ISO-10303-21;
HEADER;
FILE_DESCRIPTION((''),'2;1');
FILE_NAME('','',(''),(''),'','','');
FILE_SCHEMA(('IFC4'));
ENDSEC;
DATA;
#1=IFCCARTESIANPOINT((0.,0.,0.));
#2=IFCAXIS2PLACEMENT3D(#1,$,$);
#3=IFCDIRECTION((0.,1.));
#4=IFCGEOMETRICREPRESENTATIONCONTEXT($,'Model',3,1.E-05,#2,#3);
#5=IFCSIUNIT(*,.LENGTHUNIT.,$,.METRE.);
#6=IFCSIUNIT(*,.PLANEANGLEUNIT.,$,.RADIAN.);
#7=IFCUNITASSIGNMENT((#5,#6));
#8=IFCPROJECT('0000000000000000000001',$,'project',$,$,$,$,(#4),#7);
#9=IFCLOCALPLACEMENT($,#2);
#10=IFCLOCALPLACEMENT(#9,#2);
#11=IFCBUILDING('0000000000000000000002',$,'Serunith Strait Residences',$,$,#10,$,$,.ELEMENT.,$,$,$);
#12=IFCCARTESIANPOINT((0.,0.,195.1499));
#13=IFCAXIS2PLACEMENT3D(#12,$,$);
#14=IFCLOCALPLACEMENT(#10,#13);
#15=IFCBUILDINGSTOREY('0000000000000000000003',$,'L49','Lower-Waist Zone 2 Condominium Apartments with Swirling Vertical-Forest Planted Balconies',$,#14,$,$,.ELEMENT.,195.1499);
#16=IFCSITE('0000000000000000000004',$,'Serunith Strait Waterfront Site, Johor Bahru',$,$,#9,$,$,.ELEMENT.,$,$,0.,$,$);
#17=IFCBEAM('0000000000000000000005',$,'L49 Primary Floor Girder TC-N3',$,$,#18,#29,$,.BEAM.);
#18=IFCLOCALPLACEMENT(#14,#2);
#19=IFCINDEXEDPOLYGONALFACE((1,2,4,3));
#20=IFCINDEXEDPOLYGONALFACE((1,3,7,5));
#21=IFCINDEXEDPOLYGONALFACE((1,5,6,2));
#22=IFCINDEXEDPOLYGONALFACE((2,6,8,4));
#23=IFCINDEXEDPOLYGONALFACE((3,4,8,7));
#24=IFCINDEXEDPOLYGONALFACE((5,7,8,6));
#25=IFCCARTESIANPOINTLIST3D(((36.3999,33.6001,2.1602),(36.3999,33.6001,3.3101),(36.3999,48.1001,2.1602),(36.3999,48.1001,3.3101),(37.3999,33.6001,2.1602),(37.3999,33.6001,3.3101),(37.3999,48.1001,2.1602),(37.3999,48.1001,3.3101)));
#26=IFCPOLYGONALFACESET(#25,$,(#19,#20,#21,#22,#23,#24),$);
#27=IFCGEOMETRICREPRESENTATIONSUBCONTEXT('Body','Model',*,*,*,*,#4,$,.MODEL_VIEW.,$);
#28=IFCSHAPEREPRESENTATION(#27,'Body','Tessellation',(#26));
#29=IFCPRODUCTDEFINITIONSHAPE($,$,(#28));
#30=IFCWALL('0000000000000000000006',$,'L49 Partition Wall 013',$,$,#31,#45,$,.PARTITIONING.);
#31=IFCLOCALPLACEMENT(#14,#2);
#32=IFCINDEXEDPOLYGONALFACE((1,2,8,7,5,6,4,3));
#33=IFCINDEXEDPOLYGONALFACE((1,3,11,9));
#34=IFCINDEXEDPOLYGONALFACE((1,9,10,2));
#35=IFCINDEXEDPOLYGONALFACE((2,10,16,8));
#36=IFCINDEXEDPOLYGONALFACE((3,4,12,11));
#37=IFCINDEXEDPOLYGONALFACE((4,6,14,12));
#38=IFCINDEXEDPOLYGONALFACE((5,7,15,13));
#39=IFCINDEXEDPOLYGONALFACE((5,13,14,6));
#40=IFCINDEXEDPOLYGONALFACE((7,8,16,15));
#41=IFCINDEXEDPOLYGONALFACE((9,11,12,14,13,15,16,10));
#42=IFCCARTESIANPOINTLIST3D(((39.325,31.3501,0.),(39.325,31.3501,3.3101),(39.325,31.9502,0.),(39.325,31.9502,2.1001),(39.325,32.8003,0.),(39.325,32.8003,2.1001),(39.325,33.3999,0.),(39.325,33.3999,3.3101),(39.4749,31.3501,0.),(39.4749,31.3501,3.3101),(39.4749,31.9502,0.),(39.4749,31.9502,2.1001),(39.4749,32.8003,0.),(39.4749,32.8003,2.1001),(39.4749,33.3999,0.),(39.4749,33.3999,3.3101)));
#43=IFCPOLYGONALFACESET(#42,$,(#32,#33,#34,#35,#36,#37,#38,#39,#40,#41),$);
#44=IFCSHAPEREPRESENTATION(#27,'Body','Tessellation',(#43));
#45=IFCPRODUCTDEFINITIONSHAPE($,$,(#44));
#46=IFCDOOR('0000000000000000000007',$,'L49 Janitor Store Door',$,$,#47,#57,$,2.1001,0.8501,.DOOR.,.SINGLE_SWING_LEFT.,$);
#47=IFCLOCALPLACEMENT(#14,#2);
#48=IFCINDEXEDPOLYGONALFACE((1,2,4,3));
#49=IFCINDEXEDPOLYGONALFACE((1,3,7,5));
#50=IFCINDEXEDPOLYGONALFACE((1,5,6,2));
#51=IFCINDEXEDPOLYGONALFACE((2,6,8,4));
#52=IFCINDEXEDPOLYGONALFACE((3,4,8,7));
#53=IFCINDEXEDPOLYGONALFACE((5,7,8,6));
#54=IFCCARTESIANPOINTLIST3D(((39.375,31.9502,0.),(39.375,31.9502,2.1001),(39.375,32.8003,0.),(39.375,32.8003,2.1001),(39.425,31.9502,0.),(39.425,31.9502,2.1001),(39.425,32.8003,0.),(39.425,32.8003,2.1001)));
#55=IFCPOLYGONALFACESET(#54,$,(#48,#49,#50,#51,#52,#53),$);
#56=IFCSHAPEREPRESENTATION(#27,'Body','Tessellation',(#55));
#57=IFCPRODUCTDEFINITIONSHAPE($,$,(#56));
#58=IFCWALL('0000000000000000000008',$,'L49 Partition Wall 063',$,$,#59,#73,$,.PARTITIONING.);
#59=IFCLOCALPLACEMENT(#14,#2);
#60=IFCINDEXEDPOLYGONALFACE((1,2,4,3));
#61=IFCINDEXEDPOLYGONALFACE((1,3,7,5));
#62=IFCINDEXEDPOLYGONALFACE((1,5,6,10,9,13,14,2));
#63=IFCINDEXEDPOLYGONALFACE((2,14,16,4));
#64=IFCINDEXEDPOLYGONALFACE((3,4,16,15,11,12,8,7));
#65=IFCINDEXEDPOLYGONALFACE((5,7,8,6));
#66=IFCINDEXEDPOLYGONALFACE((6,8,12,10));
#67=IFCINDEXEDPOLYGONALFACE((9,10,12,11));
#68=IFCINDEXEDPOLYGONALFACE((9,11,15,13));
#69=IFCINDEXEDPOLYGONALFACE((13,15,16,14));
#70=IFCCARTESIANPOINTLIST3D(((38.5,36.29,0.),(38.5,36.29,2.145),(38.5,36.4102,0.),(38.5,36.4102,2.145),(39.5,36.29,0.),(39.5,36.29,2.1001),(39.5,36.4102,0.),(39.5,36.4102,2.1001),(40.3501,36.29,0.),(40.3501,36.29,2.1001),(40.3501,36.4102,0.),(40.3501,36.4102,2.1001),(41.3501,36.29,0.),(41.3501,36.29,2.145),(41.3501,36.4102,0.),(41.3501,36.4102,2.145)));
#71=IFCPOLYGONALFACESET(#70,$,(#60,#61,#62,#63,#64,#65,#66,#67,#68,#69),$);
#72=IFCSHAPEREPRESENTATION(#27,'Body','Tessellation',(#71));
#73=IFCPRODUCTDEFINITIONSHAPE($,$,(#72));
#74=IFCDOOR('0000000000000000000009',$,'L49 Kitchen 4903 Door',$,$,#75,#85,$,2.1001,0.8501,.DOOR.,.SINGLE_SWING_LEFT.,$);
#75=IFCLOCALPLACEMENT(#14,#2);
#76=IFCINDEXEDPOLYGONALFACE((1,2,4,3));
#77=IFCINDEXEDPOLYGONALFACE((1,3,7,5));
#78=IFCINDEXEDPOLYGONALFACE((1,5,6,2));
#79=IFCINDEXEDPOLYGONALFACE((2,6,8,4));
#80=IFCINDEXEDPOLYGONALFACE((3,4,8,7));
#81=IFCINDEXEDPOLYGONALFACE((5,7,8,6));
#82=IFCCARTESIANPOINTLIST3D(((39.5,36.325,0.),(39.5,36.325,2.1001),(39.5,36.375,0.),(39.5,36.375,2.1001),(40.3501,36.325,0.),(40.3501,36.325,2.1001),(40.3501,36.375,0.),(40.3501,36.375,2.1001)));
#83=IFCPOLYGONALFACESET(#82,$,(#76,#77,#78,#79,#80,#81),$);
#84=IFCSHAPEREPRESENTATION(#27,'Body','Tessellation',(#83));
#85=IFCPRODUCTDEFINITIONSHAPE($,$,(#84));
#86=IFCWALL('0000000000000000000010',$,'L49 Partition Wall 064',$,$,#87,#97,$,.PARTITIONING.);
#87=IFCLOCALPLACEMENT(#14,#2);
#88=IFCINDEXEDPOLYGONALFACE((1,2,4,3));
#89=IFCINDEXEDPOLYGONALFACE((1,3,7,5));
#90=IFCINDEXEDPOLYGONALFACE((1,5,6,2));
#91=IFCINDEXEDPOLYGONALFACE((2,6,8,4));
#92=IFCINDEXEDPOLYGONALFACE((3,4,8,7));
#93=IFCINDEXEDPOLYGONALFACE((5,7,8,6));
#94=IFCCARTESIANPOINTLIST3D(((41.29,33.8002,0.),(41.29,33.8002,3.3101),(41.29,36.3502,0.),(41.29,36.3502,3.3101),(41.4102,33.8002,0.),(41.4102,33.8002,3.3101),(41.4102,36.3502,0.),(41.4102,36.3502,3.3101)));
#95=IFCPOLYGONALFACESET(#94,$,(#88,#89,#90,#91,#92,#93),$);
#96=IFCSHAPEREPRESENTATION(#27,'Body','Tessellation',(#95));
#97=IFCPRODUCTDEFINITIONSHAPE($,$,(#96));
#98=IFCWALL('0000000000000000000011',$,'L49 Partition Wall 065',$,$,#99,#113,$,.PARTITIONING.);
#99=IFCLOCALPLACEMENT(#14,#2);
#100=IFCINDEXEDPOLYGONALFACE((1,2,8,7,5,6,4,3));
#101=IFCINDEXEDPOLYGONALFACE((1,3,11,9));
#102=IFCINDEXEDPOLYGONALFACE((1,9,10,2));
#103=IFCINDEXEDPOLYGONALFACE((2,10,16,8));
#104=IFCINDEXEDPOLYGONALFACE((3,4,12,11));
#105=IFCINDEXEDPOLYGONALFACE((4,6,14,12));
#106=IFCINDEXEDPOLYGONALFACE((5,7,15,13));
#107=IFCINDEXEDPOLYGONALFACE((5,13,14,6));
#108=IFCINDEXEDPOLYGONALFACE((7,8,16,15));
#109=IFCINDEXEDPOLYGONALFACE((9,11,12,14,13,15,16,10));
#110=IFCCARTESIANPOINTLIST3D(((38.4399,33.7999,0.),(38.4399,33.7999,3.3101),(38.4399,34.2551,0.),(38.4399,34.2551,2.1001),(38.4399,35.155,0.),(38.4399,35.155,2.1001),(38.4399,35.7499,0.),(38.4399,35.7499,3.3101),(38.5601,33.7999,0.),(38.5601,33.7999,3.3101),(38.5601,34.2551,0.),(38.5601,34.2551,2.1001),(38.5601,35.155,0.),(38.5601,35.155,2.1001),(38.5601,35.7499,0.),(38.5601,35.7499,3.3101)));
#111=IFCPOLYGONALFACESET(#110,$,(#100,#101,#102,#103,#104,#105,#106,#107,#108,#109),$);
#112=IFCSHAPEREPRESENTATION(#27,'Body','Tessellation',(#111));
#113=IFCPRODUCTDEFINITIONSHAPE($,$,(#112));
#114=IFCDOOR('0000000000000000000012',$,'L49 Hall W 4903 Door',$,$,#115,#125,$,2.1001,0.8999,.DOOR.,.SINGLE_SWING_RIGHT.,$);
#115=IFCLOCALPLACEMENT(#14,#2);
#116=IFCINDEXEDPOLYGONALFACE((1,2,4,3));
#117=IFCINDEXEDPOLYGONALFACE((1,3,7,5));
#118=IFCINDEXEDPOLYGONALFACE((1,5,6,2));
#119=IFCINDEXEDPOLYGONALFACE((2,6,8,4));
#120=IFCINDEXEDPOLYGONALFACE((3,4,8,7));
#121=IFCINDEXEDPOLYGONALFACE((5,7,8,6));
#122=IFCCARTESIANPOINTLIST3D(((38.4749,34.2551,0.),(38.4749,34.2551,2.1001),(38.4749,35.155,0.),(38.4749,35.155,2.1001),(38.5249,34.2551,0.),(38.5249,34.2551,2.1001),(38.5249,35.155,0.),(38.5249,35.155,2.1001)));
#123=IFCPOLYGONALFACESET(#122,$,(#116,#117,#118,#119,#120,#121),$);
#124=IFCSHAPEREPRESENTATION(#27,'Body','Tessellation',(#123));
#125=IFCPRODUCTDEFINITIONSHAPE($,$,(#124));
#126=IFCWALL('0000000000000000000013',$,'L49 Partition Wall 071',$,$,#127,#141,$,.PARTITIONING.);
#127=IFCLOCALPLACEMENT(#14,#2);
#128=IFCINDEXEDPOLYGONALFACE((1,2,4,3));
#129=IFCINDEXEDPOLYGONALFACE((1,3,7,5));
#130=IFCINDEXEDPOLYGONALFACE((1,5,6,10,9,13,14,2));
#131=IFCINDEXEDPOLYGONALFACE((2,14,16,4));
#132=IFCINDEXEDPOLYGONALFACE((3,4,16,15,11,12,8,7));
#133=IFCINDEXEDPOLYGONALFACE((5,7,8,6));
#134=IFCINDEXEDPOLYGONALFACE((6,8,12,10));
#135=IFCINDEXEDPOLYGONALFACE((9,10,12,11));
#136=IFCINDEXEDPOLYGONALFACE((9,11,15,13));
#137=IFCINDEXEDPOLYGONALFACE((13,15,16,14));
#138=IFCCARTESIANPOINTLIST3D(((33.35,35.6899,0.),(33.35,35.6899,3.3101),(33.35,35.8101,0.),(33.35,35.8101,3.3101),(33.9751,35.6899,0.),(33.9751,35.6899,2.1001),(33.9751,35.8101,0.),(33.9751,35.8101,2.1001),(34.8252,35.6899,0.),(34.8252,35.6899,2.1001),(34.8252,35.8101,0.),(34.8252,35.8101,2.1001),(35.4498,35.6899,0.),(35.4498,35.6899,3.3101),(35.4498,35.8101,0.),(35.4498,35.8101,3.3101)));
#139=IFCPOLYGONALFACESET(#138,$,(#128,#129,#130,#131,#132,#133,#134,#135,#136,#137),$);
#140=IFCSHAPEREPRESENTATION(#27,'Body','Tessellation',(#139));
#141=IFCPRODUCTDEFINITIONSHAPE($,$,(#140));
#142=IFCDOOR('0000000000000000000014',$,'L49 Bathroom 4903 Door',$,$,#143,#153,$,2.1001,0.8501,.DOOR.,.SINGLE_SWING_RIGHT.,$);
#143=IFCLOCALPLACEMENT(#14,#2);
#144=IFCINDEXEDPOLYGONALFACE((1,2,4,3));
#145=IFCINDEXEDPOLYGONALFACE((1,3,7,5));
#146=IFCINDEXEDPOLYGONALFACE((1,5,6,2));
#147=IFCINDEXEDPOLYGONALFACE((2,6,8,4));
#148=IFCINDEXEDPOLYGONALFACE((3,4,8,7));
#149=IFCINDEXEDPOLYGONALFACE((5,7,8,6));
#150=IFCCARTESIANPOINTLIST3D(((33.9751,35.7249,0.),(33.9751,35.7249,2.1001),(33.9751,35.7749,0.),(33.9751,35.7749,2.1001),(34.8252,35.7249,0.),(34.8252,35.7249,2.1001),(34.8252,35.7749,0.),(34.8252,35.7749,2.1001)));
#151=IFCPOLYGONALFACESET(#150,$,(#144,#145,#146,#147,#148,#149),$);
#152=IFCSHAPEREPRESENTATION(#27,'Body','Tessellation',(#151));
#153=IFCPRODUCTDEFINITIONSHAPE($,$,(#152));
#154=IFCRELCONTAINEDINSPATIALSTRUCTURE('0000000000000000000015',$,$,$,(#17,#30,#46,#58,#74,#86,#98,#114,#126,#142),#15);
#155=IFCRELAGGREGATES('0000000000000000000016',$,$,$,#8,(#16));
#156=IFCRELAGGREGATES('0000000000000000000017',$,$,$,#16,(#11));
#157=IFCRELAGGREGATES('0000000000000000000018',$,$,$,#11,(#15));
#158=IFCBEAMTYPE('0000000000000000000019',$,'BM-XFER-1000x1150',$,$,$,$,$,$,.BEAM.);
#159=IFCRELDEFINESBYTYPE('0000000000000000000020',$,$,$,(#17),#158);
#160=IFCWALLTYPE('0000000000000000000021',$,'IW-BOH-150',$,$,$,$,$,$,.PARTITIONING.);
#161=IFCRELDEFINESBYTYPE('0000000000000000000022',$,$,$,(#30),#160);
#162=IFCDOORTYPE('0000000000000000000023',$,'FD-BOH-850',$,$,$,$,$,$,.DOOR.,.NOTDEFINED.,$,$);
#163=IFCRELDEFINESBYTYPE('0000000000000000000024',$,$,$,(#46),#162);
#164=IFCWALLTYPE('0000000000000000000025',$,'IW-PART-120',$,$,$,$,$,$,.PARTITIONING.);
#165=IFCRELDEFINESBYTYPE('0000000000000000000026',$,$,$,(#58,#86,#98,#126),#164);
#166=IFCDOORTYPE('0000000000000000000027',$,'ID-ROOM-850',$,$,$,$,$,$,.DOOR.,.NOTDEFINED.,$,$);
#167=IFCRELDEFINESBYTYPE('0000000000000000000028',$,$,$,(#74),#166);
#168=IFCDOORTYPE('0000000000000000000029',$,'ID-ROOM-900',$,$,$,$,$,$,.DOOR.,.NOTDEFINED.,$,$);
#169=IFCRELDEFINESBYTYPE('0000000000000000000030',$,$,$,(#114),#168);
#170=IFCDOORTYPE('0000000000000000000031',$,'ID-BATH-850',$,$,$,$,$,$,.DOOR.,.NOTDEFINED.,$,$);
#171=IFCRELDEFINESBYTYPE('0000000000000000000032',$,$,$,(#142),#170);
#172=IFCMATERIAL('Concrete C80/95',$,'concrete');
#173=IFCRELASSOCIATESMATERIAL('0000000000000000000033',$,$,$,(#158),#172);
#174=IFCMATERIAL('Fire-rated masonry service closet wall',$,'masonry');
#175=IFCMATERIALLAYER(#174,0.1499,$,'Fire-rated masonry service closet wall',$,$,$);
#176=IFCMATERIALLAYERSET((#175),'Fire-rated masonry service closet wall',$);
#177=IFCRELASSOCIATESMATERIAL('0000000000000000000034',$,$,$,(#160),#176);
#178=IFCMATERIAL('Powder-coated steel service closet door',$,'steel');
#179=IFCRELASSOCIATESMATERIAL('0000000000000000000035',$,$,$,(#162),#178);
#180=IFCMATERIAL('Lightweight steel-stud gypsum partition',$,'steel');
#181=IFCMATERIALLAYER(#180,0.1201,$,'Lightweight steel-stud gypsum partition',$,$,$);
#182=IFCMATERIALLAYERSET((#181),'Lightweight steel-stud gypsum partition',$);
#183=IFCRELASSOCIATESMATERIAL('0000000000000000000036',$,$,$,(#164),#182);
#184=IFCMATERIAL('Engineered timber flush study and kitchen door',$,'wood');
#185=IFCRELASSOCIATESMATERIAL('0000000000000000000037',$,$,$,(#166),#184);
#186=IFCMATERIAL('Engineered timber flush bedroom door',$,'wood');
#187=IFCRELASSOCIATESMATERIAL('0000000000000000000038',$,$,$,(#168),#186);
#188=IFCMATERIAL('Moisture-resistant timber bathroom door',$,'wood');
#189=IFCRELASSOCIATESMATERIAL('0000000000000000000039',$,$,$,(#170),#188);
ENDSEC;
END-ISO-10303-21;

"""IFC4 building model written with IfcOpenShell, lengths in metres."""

from ifc_helpers import new_model, si_unit, direction, frame, frame_2d, origin, origin_2d, place, context, subcontext, project, spatial, rectangle, extrude, source, transform, mapped, material, layer, layer_set, material_profile, profile_set, type_object, element, fill, save


model = new_model("IFC4")

# Units and contexts
model_context = context("Model", 3, precision=1e-05, world=origin(), true_north=direction((0.0, 1.0)))
body_context = subcontext(model_context, "Body", "Model", "MODEL_VIEW")
ifc_project = project(units=[si_unit("LENGTHUNIT", "METRE"), si_unit("PLANEANGLEUNIT", "RADIAN")], contexts=[model_context])

# Site, building, storey
site_placement = place(None, origin())
site = spatial("IfcSite", under=ifc_project, at=site_placement, Name="Serunith Strait Waterfront Site, Johor Bahru", CompositionType="ELEMENT", RefElevation=0.0)
building_placement = place(site_placement, origin())
building = spatial("IfcBuilding", under=site, at=building_placement, Name="Serunith Strait Residences", CompositionType="ELEMENT")
storey_placement = place(building_placement, frame((0.0, 0.0, 195.1499)))
storey = spatial("IfcBuildingStorey", under=building, at=storey_placement, Name="L49", Description="Lower-Waist Zone 2 Condominium Apartments with Swirling Vertical-Forest Planted Balconies", CompositionType="ELEMENT", Elevation=195.1499)

# Beam
ifc_material_1 = material(Name="Concrete C80/95", Category="concrete")
ifc_material_profile = material_profile(ifc_material_1, rectangle(XDim=1.0, YDim=1.1499, at=origin_2d()), Name="RC 1000x1150")
ifc_profile_set = profile_set([ifc_material_profile], Name="Concrete C80/95")
beam_type = type_object("IfcBeamType", Name="BM-XFER-1000x1150", PredefinedType="BEAM", material=ifc_profile_set)
shared_shape_1 = source(origin(), body_context, "Body", "SweptSolid", [
    extrude(rectangle(XDim=1.0, YDim=1.1499, at=origin_2d()), origin(), (0.0, 0.0, 1.0), 14.5),
])
beam_placement = place(storey_placement, frame((36.8999, 33.6001, 2.7351), z_axis=(0.0, 1.0, 0.0), x_axis=(-1.0, 0.0, 0.0)))
element("IfcBeam", 1, at=beam_placement, inside=storey, type_object=beam_type, Name="L49 Primary Floor Girder TC-N3", PredefinedType="BEAM", context=body_context, shape_type="MappedRepresentation", body=[
    mapped(shared_shape_1, transform((0.0, 0.0, 0.0), scale=1.0)),
])

# Walls, openings, doors
ifc_material_2 = material(Name="Fire-rated masonry service closet wall", Category="masonry")
ifc_layer_1 = layer(ifc_material_2, 0.1499, Name="Fire-rated masonry service closet wall")
ifc_layer_set_1 = layer_set([ifc_layer_1], Name="Fire-rated masonry service closet wall")
wall_type_1 = type_object("IfcWallType", Name="IW-BOH-150", PredefinedType="PARTITIONING", material=ifc_layer_set_1)
wall_1_placement = place(storey_placement, frame((39.3999, 31.3501, 0.0), z_axis=(0.0, 0.0, 1.0), x_axis=(0.0, 1.0, 0.0)))
wall_1 = element("IfcWall", 2, at=wall_1_placement, inside=storey, type_object=wall_type_1, Name="L49 Partition Wall 013", PredefinedType="PARTITIONING", context=body_context, shape_type="SweptSolid", body=[
    extrude(rectangle(XDim=2.0498, YDim=0.1499, at=frame_2d((1.0249, 0.0))), origin(), (0.0, 0.0, 1.0), 3.3101),
])
opening_1_placement = place(wall_1_placement, frame((0.6001, 0.0, 0.0)))
opening_1 = element("IfcOpeningElement", 3, at=opening_1_placement, cuts=wall_1, PredefinedType="OPENING", context=body_context, shape_type="SweptSolid", body=[
    extrude(rectangle(XDim=0.8501, YDim=2.1001, at=frame_2d((0.425, 1.05))), frame((0.0, 0.085, 0.0), z_axis=(0.0, -1.0, 0.0), x_axis=(1.0, 0.0, 0.0)), (0.0, 0.0, 1.0), 0.1699),
])
ifc_material_3 = material(Name="Powder-coated steel service closet door", Category="steel")
door_type_1 = type_object("IfcDoorType", Name="FD-BOH-850", OperationType="NOTDEFINED", PredefinedType="DOOR", material=ifc_material_3)
shared_shape_2 = source(origin(), body_context, "Body", "SweptSolid", [
    extrude(rectangle(XDim=0.8501, YDim=2.1001, at=frame_2d((0.425, 1.05))), frame((0.0, 0.0249, 0.0), z_axis=(0.0, -1.0, 0.0), x_axis=(1.0, 0.0, 0.0)), (0.0, 0.0, 1.0), 0.05),
])
door_1_placement = place(opening_1_placement, origin())
door_1 = element("IfcDoor", 4, at=door_1_placement, inside=storey, type_object=door_type_1, Name="L49 Janitor Store Door", OperationType="SINGLE_SWING_LEFT", OverallHeight=2.1001, OverallWidth=0.8501, PredefinedType="DOOR", context=body_context, shape_type="MappedRepresentation", body=[
    mapped(shared_shape_2, transform((0.0, 0.0, 0.0), scale=1.0)),
])
fill(opening_1, door_1)
ifc_material_4 = material(Name="Lightweight steel-stud gypsum partition", Category="steel")
ifc_layer_2 = layer(ifc_material_4, 0.1201, Name="Lightweight steel-stud gypsum partition")
ifc_layer_set_2 = layer_set([ifc_layer_2], Name="Lightweight steel-stud gypsum partition")
wall_type_2 = type_object("IfcWallType", Name="IW-PART-120", PredefinedType="PARTITIONING", material=ifc_layer_set_2)
wall_2_placement = place(storey_placement, frame((38.5, 36.3501, 0.0), z_axis=(0.0, 0.0, 1.0), x_axis=(1.0, 0.0, 0.0)))
wall_2 = element("IfcWall", 5, at=wall_2_placement, inside=storey, type_object=wall_type_2, Name="L49 Partition Wall 063", PredefinedType="PARTITIONING", context=body_context, shape_type="SweptSolid", body=[
    extrude(rectangle(XDim=2.8501, YDim=0.1201, at=frame_2d((1.425, 0.0))), origin(), (0.0, 0.0, 1.0), 2.145),
])
opening_2_placement = place(wall_2_placement, frame((1.0, 0.0, 0.0)))
opening_2 = element("IfcOpeningElement", 6, at=opening_2_placement, cuts=wall_2, PredefinedType="OPENING", context=body_context, shape_type="SweptSolid", body=[
    extrude(rectangle(XDim=0.8501, YDim=2.1001, at=frame_2d((0.425, 1.05))), frame((0.0, 0.0701, 0.0), z_axis=(0.0, -1.0, 0.0), x_axis=(1.0, 0.0, 0.0)), (0.0, 0.0, 1.0), 0.1401),
])
ifc_material_5 = material(Name="Engineered timber flush study and kitchen door", Category="wood")
door_type_2 = type_object("IfcDoorType", Name="ID-ROOM-850", OperationType="NOTDEFINED", PredefinedType="DOOR", material=ifc_material_5)
door_2_placement = place(opening_2_placement, origin())
door_2 = element("IfcDoor", 7, at=door_2_placement, inside=storey, type_object=door_type_2, Name="L49 Kitchen 4903 Door", OperationType="SINGLE_SWING_LEFT", OverallHeight=2.1001, OverallWidth=0.8501, PredefinedType="DOOR", context=body_context, shape_type="MappedRepresentation", body=[
    mapped(shared_shape_2, transform((0.0, 0.0, 0.0), scale=1.0)),
])
fill(opening_2, door_2)

# Wall
wall_3_placement = place(storey_placement, frame((41.3501, 36.3501, 0.0), z_axis=(0.0, 0.0, 1.0), x_axis=(0.0, -1.0, 0.0)))
element("IfcWall", 8, at=wall_3_placement, inside=storey, type_object=wall_type_2, Name="L49 Partition Wall 064", PredefinedType="PARTITIONING", context=body_context, shape_type="SweptSolid", body=[
    extrude(rectangle(XDim=2.55, YDim=0.1201, at=frame_2d((1.2749, 0.0))), origin(), (0.0, 0.0, 1.0), 3.3101),
])

# Walls, openings, doors
wall_4_placement = place(storey_placement, frame((38.5, 35.75, 0.0), z_axis=(0.0, 0.0, 1.0), x_axis=(0.0, -1.0, 0.0)))
wall_4 = element("IfcWall", 9, at=wall_4_placement, inside=storey, type_object=wall_type_2, Name="L49 Partition Wall 065", PredefinedType="PARTITIONING", context=body_context, shape_type="SweptSolid", body=[
    extrude(rectangle(XDim=1.95, YDim=0.1201, at=frame_2d((0.9751, 0.0))), origin(), (0.0, 0.0, 1.0), 3.3101),
])
opening_3_placement = place(wall_4_placement, frame((0.595, 0.0, 0.0)))
opening_3 = element("IfcOpeningElement", 10, at=opening_3_placement, cuts=wall_4, PredefinedType="OPENING", context=body_context, shape_type="SweptSolid", body=[
    extrude(rectangle(XDim=0.8999, YDim=2.1001, at=frame_2d((0.45, 1.05))), frame((0.0, 0.0701, 0.0), z_axis=(0.0, -1.0, 0.0), x_axis=(1.0, 0.0, 0.0)), (0.0, 0.0, 1.0), 0.1401),
])
ifc_material_6 = material(Name="Engineered timber flush bedroom door", Category="wood")
door_type_3 = type_object("IfcDoorType", Name="ID-ROOM-900", OperationType="NOTDEFINED", PredefinedType="DOOR", material=ifc_material_6)
shared_shape_3 = source(origin(), body_context, "Body", "SweptSolid", [
    extrude(rectangle(XDim=0.8999, YDim=2.1001, at=frame_2d((0.45, 1.05))), frame((0.0, 0.0249, 0.0), z_axis=(0.0, -1.0, 0.0), x_axis=(1.0, 0.0, 0.0)), (0.0, 0.0, 1.0), 0.05),
])
door_3_placement = place(opening_3_placement, origin())
door_3 = element("IfcDoor", 11, at=door_3_placement, inside=storey, type_object=door_type_3, Name="L49 Hall W 4903 Door", OperationType="SINGLE_SWING_RIGHT", OverallHeight=2.1001, OverallWidth=0.8999, PredefinedType="DOOR", context=body_context, shape_type="MappedRepresentation", body=[
    mapped(shared_shape_3, transform((0.0, 0.0, 0.0), scale=1.0)),
])
fill(opening_3, door_3)
wall_5_placement = place(storey_placement, frame((33.3501, 35.75, 0.0), z_axis=(0.0, 0.0, 1.0), x_axis=(1.0, 0.0, 0.0)))
wall_5 = element("IfcWall", 12, at=wall_5_placement, inside=storey, type_object=wall_type_2, Name="L49 Partition Wall 071", PredefinedType="PARTITIONING", context=body_context, shape_type="SweptSolid", body=[
    extrude(rectangle(XDim=2.0999, YDim=0.1201, at=frame_2d((1.0498, 0.0))), origin(), (0.0, 0.0, 1.0), 3.3101),
])
opening_4_placement = place(wall_5_placement, frame((0.625, 0.0, 0.0)))
opening_4 = element("IfcOpeningElement", 13, at=opening_4_placement, cuts=wall_5, PredefinedType="OPENING", context=body_context, shape_type="SweptSolid", body=[
    extrude(rectangle(XDim=0.8501, YDim=2.1001, at=frame_2d((0.425, 1.05))), frame((0.0, 0.0701, 0.0), z_axis=(0.0, -1.0, 0.0), x_axis=(1.0, 0.0, 0.0)), (0.0, 0.0, 1.0), 0.1401),
])
ifc_material_7 = material(Name="Moisture-resistant timber bathroom door", Category="wood")
door_type_4 = type_object("IfcDoorType", Name="ID-BATH-850", OperationType="NOTDEFINED", PredefinedType="DOOR", material=ifc_material_7)
door_4_placement = place(opening_4_placement, origin())
door_4 = element("IfcDoor", 14, at=door_4_placement, inside=storey, type_object=door_type_4, Name="L49 Bathroom 4903 Door", OperationType="SINGLE_SWING_RIGHT", OverallHeight=2.1001, OverallWidth=0.8501, PredefinedType="DOOR", context=body_context, shape_type="MappedRepresentation", body=[
    mapped(shared_shape_2, transform((0.0, 0.0, 0.0), scale=1.0)),
])
fill(opening_4, door_4)

save(model, "model.ifc")
